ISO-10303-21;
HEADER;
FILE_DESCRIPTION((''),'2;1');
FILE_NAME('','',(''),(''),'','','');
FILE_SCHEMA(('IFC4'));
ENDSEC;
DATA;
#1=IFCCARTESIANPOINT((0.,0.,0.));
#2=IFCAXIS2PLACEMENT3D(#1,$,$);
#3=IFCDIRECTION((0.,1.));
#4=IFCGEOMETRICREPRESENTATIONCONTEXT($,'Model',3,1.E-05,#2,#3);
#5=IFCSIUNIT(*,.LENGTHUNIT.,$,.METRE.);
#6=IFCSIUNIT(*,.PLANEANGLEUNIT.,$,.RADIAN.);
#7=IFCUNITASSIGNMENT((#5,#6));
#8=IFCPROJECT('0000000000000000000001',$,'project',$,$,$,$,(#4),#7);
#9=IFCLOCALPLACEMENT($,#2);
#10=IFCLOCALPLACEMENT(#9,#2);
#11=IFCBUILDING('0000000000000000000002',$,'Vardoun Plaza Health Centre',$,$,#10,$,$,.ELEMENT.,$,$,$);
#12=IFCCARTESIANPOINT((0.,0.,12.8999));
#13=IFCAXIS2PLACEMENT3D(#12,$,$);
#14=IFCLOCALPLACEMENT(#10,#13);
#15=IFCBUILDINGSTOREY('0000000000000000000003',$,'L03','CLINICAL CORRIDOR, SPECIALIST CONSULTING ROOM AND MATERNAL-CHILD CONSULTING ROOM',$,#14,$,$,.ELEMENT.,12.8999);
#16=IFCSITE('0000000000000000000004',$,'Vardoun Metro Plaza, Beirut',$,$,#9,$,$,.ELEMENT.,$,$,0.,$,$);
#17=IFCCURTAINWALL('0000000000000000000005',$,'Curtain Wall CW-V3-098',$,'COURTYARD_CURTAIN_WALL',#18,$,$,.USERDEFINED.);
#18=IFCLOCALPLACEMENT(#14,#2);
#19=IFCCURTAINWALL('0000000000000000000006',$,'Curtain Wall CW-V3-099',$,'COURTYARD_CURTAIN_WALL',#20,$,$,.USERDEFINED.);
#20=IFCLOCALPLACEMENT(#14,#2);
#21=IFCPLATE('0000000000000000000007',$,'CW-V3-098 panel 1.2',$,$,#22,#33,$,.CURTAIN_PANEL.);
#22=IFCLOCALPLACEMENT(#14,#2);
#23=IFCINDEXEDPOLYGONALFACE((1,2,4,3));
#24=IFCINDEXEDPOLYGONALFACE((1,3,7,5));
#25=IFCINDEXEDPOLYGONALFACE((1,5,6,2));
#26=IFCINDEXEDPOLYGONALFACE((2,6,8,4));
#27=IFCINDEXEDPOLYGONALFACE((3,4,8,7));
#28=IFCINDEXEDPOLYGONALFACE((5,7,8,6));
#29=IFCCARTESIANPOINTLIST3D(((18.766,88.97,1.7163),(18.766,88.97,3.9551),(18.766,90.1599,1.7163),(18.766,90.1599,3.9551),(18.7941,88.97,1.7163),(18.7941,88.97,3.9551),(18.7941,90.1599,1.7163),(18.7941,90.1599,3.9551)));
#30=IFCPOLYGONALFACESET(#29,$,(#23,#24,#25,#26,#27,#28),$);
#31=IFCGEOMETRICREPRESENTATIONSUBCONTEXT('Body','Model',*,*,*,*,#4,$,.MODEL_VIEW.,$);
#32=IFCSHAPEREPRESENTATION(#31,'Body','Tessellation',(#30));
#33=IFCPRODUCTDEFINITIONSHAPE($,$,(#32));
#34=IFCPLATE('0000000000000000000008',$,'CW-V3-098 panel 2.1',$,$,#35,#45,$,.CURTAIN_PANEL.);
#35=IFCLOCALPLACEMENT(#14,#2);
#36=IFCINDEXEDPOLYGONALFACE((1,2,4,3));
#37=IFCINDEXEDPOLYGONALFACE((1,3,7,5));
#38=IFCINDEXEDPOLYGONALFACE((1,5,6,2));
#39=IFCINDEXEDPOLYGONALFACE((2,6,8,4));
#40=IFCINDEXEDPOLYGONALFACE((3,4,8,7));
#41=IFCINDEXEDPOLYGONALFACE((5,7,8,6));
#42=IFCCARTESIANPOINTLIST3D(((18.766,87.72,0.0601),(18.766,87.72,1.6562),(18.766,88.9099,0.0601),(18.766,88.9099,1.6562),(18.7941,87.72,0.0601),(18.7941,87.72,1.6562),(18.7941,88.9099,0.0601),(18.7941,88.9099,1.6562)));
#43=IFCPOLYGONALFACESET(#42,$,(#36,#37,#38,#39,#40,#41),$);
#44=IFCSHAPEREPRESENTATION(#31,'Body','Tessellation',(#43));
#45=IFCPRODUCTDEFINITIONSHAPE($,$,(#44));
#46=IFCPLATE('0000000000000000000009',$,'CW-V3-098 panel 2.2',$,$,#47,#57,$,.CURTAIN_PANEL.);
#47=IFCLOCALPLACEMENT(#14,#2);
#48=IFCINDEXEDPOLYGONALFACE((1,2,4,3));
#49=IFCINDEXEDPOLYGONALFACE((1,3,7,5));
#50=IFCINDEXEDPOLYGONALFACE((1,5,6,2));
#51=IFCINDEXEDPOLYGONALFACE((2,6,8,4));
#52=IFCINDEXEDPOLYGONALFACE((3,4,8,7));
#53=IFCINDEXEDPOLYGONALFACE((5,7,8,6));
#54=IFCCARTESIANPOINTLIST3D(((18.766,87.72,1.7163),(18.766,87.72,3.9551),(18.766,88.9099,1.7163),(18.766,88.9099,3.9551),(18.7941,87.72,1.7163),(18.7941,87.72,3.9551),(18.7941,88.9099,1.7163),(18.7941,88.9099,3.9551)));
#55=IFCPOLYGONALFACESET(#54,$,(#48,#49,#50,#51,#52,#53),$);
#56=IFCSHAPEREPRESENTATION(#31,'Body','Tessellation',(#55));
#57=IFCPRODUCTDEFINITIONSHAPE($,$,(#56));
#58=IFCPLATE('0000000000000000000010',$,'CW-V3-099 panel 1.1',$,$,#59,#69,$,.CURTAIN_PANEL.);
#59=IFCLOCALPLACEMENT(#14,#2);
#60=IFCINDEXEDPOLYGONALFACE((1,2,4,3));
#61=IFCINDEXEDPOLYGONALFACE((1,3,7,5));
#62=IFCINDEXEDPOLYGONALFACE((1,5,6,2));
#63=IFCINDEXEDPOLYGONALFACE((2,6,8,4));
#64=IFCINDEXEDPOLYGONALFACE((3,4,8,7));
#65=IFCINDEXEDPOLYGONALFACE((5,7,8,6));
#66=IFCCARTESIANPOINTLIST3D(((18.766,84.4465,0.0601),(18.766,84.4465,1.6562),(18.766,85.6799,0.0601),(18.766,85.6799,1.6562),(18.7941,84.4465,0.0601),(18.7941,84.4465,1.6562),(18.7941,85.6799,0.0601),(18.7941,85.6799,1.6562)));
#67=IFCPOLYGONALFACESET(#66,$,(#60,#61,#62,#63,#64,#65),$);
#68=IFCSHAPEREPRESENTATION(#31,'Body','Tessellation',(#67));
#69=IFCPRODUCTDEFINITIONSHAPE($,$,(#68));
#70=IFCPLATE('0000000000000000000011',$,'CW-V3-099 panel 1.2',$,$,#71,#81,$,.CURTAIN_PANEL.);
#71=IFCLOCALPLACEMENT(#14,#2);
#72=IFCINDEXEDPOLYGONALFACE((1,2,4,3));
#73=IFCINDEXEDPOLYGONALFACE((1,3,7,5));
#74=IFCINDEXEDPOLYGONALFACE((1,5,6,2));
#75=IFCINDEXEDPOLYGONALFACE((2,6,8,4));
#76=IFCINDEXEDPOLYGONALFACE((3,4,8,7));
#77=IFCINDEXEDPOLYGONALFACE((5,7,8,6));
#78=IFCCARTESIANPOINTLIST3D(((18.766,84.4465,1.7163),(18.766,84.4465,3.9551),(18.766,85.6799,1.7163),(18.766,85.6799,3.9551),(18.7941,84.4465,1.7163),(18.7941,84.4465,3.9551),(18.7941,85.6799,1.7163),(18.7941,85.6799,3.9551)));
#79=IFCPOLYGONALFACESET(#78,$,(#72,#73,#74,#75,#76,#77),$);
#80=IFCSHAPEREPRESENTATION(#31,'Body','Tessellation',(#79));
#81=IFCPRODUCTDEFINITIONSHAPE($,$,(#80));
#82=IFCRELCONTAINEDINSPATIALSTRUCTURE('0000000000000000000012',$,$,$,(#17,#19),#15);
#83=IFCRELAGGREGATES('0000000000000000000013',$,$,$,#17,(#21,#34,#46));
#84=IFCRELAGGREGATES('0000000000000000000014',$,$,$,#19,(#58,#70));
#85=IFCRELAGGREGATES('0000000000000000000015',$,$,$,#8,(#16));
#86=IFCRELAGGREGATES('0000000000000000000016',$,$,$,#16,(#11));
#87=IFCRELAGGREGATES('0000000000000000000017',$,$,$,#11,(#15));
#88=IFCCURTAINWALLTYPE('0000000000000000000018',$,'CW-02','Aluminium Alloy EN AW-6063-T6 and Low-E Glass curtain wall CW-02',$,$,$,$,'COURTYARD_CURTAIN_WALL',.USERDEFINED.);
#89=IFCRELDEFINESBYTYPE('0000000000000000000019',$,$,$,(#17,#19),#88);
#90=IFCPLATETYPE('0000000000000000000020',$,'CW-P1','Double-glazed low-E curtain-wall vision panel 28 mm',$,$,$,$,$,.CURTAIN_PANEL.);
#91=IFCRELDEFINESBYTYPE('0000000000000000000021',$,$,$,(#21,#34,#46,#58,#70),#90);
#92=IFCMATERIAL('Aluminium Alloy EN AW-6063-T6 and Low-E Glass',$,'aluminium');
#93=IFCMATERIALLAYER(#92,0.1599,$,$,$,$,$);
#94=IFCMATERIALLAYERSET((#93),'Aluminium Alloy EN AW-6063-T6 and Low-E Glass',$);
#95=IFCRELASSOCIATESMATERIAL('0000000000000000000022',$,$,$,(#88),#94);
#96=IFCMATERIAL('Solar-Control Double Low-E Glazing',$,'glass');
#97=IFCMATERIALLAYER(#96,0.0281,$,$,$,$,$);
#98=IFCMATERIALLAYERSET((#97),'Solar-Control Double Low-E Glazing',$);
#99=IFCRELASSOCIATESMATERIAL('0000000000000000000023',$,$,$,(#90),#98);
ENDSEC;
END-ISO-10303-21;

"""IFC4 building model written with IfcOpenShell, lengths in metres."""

from ifc_helpers import new_model, si_unit, direction, frame, origin, origin_2d, place, context, subcontext, project, spatial, rectangle, extrude, material, layer, layer_set, type_object, element, aggregate, save


model = new_model("IFC4")

# Units and contexts
model_context = context("Model", 3, precision=1e-05, world=origin(), true_north=direction((0.0, 1.0)))
body_context = subcontext(model_context, "Body", "Model", "MODEL_VIEW")
ifc_project = project(units=[si_unit("LENGTHUNIT", "METRE"), si_unit("PLANEANGLEUNIT", "RADIAN")], contexts=[model_context])

# Site, building, storey
site_placement = place(None, origin())
site = spatial("IfcSite", under=ifc_project, at=site_placement, Name="Vardoun Metro Plaza, Beirut", CompositionType="ELEMENT", RefElevation=0.0)
building_placement = place(site_placement, origin())
building = spatial("IfcBuilding", under=site, at=building_placement, Name="Vardoun Plaza Health Centre", CompositionType="ELEMENT")
storey_placement = place(building_placement, frame((0.0, 0.0, 12.8999)))
storey = spatial("IfcBuildingStorey", under=building, at=storey_placement, Name="L03", Description="CLINICAL CORRIDOR, SPECIALIST CONSULTING ROOM AND MATERNAL-CHILD CONSULTING ROOM", CompositionType="ELEMENT", Elevation=12.8999)

# Curtain walls
ifc_material_1 = material(Name="Aluminium Alloy EN AW-6063-T6 and Low-E Glass", Category="aluminium")
ifc_layer_1 = layer(ifc_material_1, 0.1599)
ifc_layer_set_1 = layer_set([ifc_layer_1], Name="Aluminium Alloy EN AW-6063-T6 and Low-E Glass")
curtain_wall_type = type_object("IfcCurtainWallType", Name="CW-02", Description="Aluminium Alloy EN AW-6063-T6 and Low-E Glass curtain wall CW-02", ElementType="COURTYARD_CURTAIN_WALL", PredefinedType="USERDEFINED", material=ifc_layer_set_1)
curtain_wall_1_placement = place(storey_placement, origin())
curtain_wall_1 = element("IfcCurtainWall", 1, at=curtain_wall_1_placement, inside=storey, type_object=curtain_wall_type, Name="Curtain Wall CW-V3-098", ObjectType="COURTYARD_CURTAIN_WALL", PredefinedType="USERDEFINED")
curtain_wall_2_placement = place(storey_placement, origin())
curtain_wall_2 = element("IfcCurtainWall", 2, at=curtain_wall_2_placement, inside=storey, type_object=curtain_wall_type, Name="Curtain Wall CW-V3-099", ObjectType="COURTYARD_CURTAIN_WALL", PredefinedType="USERDEFINED")

# Plates
ifc_material_2 = material(Name="Solar-Control Double Low-E Glazing", Category="glass")
ifc_layer_2 = layer(ifc_material_2, 0.0281)
ifc_layer_set_2 = layer_set([ifc_layer_2], Name="Solar-Control Double Low-E Glazing")
plate_type = type_object("IfcPlateType", Name="CW-P1", Description="Double-glazed low-E curtain-wall vision panel 28 mm", PredefinedType="CURTAIN_PANEL", material=ifc_layer_set_2)
plate_1_placement = place(storey_placement, frame((18.78, 89.5649, 1.7163), z_axis=(0.0, 0.0, 1.0), x_axis=(0.0, -1.0, 0.0)))
plate_1 = element("IfcPlate", 3, at=plate_1_placement, type_object=plate_type, Name="CW-V3-098 panel 1.2", PredefinedType="CURTAIN_PANEL", context=body_context, shape_type="SweptSolid", body=[
    extrude(rectangle(XDim=1.1899, YDim=0.0281, at=origin_2d()), origin(), (0.0, 0.0, 1.0), 2.2388),
])
plate_2_placement = place(storey_placement, frame((18.78, 88.3149, 0.0601), z_axis=(0.0, 0.0, 1.0), x_axis=(0.0, -1.0, 0.0)))
plate_2 = element("IfcPlate", 4, at=plate_2_placement, type_object=plate_type, Name="CW-V3-098 panel 2.1", PredefinedType="CURTAIN_PANEL", context=body_context, shape_type="SweptSolid", body=[
    extrude(rectangle(XDim=1.1899, YDim=0.0281, at=origin_2d()), origin(), (0.0, 0.0, 1.0), 1.5962),
])
plate_3_placement = place(storey_placement, frame((18.78, 88.3149, 1.7163), z_axis=(0.0, 0.0, 1.0), x_axis=(0.0, -1.0, 0.0)))
plate_3 = element("IfcPlate", 5, at=plate_3_placement, type_object=plate_type, Name="CW-V3-098 panel 2.2", PredefinedType="CURTAIN_PANEL", context=body_context, shape_type="SweptSolid", body=[
    extrude(rectangle(XDim=1.1899, YDim=0.0281, at=origin_2d()), origin(), (0.0, 0.0, 1.0), 2.2388),
])
aggregate(curtain_wall_1, [plate_1, plate_2, plate_3])
plate_4_placement = place(storey_placement, frame((18.78, 85.0632, 0.0601), z_axis=(0.0, 0.0, 1.0), x_axis=(0.0, -1.0, 0.0)))
plate_4 = element("IfcPlate", 6, at=plate_4_placement, type_object=plate_type, Name="CW-V3-099 panel 1.1", PredefinedType="CURTAIN_PANEL", context=body_context, shape_type="SweptSolid", body=[
    extrude(rectangle(XDim=1.2334, YDim=0.0281, at=origin_2d()), origin(), (0.0, 0.0, 1.0), 1.5962),
])
plate_5_placement = place(storey_placement, frame((18.78, 85.0632, 1.7163), z_axis=(0.0, 0.0, 1.0), x_axis=(0.0, -1.0, 0.0)))
plate_5 = element("IfcPlate", 7, at=plate_5_placement, type_object=plate_type, Name="CW-V3-099 panel 1.2", PredefinedType="CURTAIN_PANEL", context=body_context, shape_type="SweptSolid", body=[
    extrude(rectangle(XDim=1.2334, YDim=0.0281, at=origin_2d()), origin(), (0.0, 0.0, 1.0), 2.2388),
])
aggregate(curtain_wall_2, [plate_4, plate_5])

save(model, "model.ifc")
